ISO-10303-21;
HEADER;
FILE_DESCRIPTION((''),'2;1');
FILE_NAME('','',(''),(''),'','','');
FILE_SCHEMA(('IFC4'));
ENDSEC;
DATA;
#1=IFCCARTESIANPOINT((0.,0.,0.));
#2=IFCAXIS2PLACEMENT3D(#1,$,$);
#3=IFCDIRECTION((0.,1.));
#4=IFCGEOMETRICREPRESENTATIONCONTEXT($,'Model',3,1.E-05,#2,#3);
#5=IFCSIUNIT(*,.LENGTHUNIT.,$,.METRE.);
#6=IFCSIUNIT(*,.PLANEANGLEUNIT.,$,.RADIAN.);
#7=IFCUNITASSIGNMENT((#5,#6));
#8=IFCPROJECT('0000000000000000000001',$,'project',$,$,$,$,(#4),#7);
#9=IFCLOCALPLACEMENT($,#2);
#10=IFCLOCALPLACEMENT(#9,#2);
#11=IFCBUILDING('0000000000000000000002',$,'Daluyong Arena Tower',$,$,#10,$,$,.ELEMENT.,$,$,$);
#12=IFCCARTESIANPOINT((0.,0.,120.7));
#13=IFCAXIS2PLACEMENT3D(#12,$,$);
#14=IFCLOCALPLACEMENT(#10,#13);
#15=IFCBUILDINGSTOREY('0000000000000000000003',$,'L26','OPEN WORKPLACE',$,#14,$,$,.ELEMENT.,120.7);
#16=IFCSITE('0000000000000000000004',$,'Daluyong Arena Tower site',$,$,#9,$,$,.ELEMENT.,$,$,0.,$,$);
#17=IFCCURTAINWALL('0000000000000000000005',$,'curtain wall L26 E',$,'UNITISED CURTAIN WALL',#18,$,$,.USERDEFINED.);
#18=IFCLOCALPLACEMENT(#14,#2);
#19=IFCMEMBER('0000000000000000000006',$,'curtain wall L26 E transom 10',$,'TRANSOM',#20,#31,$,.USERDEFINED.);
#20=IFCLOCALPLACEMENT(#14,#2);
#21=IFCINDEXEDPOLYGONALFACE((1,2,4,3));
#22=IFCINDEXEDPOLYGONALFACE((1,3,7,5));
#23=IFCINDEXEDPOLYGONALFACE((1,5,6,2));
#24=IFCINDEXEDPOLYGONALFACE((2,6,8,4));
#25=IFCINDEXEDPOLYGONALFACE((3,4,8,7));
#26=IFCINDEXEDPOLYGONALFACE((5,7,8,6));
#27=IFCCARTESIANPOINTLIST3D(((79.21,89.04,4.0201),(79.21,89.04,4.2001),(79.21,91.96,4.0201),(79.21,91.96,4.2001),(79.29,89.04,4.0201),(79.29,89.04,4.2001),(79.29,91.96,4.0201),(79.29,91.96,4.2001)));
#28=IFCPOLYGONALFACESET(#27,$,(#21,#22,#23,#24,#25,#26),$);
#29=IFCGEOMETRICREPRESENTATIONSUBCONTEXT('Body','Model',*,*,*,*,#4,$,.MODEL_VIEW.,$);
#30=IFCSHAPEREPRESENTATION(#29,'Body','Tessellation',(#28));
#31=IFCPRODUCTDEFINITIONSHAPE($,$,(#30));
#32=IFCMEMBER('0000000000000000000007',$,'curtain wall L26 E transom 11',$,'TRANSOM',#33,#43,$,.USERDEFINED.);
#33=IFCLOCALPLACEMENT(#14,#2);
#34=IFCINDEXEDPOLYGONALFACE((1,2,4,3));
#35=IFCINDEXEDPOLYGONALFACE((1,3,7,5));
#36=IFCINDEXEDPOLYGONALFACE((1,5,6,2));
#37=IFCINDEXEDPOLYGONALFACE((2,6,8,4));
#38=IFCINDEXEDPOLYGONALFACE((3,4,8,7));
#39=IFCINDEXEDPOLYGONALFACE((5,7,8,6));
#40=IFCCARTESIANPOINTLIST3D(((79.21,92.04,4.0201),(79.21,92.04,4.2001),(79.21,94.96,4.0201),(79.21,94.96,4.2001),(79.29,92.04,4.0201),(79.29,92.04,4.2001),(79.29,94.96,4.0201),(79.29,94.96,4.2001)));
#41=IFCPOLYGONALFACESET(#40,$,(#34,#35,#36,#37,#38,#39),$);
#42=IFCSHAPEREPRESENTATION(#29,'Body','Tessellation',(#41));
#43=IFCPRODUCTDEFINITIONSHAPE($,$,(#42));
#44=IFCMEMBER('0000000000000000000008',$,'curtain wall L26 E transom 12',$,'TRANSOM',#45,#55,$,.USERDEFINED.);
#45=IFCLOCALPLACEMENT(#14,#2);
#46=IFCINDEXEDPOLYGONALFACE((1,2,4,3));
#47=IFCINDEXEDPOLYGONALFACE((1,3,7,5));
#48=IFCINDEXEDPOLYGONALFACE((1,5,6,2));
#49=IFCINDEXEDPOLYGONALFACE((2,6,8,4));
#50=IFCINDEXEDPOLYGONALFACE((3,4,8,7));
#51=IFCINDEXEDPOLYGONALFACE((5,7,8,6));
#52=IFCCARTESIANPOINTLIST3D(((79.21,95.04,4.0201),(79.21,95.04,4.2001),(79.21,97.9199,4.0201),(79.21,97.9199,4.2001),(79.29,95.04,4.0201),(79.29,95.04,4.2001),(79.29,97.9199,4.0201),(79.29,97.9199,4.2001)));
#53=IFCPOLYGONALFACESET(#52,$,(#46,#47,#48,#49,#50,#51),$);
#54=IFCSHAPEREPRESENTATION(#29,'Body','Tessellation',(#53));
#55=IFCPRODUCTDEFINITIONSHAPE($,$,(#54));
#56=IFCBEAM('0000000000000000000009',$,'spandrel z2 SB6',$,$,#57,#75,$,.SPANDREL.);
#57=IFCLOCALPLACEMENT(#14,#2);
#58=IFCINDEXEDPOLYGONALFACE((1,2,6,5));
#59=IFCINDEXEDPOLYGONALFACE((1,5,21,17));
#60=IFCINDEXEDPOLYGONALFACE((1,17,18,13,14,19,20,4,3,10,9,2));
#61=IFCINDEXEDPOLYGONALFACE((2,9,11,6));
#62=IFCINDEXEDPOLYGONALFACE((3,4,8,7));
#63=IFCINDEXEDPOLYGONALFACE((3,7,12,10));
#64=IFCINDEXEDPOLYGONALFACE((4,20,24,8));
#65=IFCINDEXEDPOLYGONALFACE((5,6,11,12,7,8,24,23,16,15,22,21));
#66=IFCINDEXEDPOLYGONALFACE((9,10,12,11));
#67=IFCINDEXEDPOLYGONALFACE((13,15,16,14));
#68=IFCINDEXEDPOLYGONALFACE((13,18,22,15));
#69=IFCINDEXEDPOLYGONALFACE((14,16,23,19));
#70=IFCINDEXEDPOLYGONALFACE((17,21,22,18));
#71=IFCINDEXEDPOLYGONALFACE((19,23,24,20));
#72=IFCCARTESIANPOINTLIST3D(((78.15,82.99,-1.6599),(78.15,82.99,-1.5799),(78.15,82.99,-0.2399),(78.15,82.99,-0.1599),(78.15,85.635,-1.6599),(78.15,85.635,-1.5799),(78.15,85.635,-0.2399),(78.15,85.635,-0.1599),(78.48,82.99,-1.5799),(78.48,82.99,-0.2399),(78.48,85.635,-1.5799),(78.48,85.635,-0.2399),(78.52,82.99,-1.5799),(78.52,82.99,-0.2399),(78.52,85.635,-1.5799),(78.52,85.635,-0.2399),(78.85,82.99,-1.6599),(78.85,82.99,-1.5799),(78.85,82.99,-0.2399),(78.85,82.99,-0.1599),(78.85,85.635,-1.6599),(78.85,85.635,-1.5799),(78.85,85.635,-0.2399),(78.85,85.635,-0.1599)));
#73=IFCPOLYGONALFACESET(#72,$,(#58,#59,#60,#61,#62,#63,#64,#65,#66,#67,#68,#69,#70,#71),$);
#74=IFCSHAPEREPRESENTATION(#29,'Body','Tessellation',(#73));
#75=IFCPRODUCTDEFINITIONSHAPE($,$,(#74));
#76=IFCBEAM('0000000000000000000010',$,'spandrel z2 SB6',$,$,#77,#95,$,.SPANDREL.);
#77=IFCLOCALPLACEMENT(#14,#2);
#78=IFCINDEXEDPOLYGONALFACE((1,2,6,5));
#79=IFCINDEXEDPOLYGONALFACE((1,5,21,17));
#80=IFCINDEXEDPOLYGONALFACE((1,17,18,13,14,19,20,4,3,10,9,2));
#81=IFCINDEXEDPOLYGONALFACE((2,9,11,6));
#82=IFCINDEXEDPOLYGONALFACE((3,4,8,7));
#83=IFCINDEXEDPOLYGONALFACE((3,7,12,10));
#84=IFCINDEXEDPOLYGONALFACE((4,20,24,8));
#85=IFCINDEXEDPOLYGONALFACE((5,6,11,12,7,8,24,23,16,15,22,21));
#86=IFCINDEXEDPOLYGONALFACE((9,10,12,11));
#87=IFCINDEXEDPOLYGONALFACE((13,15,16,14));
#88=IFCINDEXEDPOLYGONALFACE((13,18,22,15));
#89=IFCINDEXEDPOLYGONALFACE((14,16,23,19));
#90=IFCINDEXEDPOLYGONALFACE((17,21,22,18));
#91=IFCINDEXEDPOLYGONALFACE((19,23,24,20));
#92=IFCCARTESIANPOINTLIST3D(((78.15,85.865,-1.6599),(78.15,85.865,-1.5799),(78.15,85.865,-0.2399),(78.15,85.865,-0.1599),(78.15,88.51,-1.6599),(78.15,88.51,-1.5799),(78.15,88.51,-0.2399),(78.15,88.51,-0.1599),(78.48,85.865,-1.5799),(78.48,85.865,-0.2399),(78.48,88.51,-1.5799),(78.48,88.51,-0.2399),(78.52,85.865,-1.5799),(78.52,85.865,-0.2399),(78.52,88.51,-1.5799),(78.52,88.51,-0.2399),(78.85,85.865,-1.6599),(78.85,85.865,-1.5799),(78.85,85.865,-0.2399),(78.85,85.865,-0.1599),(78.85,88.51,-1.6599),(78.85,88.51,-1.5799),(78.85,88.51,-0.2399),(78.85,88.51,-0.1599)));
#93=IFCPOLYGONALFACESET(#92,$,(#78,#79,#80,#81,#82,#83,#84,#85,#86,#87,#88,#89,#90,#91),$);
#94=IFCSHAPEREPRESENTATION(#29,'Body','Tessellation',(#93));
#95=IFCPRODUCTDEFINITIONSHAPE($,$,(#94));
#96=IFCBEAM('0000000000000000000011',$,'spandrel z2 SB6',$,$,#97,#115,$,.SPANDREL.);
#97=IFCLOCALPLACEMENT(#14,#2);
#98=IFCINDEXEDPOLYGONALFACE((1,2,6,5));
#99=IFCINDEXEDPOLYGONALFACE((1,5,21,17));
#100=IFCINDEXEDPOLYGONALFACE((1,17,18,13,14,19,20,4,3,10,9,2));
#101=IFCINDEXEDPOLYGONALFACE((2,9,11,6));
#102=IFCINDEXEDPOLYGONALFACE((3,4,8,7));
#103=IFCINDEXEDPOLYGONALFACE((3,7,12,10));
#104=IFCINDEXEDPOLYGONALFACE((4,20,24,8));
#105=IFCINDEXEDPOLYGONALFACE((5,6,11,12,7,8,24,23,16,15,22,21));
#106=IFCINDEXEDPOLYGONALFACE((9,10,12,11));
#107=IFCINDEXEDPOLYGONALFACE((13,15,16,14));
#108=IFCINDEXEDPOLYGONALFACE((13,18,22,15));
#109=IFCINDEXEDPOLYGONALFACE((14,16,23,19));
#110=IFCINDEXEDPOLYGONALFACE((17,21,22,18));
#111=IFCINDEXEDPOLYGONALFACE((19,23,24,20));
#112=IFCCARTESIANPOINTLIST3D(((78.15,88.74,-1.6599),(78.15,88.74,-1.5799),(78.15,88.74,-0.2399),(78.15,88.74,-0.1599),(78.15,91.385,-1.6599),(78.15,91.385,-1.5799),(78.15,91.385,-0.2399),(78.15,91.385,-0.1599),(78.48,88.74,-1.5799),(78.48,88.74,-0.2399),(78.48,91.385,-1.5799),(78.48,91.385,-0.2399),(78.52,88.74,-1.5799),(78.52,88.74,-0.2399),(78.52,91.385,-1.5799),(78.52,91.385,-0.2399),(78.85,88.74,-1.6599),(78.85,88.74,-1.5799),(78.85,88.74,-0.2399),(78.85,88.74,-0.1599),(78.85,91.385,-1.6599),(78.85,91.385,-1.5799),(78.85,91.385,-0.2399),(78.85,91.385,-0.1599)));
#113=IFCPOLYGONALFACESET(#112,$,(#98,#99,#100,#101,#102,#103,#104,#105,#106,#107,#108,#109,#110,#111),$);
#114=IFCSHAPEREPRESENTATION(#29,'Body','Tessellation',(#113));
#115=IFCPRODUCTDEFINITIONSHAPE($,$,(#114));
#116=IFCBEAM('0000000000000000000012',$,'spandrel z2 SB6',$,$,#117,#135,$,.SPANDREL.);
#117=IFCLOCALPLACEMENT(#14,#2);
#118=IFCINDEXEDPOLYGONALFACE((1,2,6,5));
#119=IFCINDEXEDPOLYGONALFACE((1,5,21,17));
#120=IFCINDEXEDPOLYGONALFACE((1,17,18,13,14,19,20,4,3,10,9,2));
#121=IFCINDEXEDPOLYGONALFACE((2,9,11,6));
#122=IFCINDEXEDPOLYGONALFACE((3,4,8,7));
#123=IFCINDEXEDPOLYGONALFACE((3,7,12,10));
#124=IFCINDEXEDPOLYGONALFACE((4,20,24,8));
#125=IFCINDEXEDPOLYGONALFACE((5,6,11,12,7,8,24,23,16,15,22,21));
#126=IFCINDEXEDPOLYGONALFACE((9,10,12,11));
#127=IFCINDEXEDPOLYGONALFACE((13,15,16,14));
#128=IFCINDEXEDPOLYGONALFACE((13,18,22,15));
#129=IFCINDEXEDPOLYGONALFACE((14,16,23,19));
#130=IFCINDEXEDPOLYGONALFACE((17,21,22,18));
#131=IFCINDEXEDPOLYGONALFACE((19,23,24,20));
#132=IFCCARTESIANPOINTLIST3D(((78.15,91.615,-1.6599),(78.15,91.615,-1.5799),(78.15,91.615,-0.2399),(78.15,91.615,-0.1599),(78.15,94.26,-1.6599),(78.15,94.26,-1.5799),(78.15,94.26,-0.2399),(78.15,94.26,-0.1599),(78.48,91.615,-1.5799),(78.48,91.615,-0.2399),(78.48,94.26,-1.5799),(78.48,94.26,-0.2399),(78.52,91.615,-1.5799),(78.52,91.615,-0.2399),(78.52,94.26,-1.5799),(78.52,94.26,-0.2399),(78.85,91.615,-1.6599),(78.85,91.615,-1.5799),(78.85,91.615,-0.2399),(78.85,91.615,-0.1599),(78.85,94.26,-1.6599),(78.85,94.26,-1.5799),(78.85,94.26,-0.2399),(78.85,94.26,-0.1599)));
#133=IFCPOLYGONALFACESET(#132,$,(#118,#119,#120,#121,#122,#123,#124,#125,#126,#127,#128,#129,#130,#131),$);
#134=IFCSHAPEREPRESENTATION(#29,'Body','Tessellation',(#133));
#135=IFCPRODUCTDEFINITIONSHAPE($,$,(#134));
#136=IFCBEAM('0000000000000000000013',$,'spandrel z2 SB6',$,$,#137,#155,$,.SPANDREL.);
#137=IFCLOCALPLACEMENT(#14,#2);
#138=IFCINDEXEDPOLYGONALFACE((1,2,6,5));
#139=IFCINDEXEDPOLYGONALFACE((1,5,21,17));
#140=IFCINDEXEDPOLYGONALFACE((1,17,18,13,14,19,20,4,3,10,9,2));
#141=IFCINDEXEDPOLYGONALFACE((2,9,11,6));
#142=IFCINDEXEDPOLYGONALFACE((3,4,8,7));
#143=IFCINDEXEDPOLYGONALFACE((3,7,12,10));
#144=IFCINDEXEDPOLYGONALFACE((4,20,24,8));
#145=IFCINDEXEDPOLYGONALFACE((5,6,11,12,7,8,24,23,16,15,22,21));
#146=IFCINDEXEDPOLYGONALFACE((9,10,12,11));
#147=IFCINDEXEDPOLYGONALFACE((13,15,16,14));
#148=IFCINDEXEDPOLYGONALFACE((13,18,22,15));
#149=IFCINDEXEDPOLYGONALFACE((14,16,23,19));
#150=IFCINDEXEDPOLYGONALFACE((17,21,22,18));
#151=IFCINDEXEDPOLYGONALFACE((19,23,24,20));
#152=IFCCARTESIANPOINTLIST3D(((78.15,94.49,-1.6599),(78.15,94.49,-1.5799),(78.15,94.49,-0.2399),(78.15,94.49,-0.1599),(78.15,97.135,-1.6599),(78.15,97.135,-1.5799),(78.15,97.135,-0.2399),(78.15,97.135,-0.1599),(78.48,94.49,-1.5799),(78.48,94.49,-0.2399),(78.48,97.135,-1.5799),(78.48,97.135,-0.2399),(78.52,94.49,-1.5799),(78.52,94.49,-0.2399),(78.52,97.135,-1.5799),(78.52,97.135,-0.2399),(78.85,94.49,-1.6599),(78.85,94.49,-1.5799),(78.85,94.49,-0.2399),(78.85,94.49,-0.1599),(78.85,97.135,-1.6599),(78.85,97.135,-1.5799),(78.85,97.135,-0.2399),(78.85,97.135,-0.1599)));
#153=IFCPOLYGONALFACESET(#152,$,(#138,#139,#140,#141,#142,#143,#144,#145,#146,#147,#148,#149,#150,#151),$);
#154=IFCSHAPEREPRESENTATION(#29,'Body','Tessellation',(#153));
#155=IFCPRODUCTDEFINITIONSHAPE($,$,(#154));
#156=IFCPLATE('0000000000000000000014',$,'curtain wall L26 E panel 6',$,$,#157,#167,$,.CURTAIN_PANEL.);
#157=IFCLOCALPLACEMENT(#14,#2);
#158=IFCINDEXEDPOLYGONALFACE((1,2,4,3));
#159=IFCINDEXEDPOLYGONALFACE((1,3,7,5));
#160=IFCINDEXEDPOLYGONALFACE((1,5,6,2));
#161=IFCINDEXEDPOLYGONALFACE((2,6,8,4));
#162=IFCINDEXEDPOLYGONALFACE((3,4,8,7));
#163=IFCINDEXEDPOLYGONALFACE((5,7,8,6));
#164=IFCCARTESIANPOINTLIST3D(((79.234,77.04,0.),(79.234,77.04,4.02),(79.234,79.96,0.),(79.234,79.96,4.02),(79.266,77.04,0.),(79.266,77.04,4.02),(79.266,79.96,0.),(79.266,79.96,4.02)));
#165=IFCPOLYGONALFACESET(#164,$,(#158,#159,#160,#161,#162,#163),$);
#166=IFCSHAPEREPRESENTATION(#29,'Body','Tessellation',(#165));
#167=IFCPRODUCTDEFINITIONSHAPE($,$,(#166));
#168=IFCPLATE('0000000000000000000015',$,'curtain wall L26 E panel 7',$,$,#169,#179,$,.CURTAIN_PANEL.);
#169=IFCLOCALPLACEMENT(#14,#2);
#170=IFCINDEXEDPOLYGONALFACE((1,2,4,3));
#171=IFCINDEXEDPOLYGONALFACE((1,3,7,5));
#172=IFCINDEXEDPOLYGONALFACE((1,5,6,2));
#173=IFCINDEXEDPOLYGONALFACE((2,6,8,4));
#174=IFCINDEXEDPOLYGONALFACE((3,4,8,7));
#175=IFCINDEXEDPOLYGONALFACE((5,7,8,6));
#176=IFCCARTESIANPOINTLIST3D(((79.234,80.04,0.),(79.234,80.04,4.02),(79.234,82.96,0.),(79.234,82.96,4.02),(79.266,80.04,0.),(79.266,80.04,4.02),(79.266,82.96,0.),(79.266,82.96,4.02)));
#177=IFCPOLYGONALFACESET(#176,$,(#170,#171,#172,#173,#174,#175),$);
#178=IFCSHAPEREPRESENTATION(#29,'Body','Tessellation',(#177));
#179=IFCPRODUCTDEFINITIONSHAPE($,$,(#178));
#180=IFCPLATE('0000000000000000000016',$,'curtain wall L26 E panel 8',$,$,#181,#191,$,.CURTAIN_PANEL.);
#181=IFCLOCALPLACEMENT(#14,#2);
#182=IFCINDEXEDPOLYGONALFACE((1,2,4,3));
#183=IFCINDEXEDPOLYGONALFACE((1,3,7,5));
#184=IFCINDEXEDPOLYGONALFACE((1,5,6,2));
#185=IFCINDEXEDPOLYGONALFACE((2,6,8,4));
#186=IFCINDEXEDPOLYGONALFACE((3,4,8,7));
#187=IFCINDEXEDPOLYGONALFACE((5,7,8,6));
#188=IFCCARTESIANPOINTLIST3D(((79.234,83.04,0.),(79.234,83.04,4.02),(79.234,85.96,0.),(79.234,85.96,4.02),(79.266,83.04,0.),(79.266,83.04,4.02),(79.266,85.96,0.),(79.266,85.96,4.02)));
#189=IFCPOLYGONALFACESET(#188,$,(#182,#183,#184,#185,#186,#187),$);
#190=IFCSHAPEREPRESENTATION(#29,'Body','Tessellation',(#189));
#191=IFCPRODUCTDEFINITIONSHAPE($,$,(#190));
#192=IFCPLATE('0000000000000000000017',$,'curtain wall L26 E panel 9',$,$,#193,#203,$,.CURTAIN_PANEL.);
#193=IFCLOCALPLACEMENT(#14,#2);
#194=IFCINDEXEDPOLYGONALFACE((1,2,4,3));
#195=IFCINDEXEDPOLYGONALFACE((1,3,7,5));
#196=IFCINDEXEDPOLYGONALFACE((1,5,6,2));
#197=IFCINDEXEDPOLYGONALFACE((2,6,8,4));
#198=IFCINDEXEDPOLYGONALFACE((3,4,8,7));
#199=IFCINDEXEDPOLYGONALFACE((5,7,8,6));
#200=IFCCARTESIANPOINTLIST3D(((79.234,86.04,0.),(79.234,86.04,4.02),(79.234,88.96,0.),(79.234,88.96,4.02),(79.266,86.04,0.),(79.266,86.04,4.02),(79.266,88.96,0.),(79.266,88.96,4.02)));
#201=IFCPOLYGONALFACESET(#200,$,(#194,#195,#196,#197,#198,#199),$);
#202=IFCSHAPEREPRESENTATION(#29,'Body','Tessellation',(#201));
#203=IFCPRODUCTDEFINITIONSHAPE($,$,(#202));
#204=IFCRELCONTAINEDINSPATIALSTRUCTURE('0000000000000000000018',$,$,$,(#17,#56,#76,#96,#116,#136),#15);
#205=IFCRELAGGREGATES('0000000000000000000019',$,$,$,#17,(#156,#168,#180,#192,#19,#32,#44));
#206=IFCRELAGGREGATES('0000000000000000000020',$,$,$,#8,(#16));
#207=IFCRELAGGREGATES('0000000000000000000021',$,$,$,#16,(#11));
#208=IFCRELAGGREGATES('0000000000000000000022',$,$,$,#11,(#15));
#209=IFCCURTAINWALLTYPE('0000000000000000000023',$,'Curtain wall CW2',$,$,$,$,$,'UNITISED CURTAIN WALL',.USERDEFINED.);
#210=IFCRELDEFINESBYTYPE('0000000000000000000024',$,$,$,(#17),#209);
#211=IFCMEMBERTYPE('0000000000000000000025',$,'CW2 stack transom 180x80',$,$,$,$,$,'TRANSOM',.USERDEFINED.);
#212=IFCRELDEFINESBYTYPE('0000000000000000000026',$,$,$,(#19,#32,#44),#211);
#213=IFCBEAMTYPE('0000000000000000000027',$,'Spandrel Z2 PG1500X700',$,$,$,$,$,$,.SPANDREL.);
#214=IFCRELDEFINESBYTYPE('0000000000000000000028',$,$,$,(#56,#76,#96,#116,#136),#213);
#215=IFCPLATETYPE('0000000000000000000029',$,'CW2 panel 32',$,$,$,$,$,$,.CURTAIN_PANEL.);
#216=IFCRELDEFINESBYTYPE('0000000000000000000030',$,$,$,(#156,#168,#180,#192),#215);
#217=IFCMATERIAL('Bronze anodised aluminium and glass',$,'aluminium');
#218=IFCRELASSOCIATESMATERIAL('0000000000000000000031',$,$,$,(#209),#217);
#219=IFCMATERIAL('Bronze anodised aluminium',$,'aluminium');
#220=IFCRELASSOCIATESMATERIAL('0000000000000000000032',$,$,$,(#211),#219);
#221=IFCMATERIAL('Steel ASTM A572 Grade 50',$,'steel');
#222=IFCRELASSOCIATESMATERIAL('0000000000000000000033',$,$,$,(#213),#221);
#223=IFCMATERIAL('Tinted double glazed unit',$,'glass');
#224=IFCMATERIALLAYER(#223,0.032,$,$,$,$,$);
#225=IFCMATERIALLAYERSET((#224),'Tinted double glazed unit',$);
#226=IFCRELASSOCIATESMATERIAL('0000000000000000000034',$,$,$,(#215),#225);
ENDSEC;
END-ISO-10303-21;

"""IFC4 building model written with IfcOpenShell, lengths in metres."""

from ifc_helpers import new_model, si_unit, direction, frame, origin, origin_2d, place, context, subcontext, project, spatial, rectangle, i_section, extrude, material, layer, layer_set, material_profile, profile_set, type_object, element, aggregate, save


model = new_model("IFC4")

# Units and contexts
model_context = context("Model", 3, precision=1e-05, world=origin(), true_north=direction((0.0, 1.0)))
body_context = subcontext(model_context, "Body", "Model", "MODEL_VIEW")
ifc_project = project(units=[si_unit("LENGTHUNIT", "METRE"), si_unit("PLANEANGLEUNIT", "RADIAN")], contexts=[model_context])

# Site, building, storey
site_placement = place(None, origin())
site = spatial("IfcSite", under=ifc_project, at=site_placement, Name="Daluyong Arena Tower site", CompositionType="ELEMENT", RefElevation=0.0)
building_placement = place(site_placement, origin())
building = spatial("IfcBuilding", under=site, at=building_placement, Name="Daluyong Arena Tower", CompositionType="ELEMENT")
storey_placement = place(building_placement, frame((0.0, 0.0, 120.7)))
storey = spatial("IfcBuildingStorey", under=building, at=storey_placement, Name="L26", Description="OPEN WORKPLACE", CompositionType="ELEMENT", Elevation=120.7)

# Curtain wall, members
ifc_material_1 = material(Name="Bronze anodised aluminium and glass", Category="aluminium")
curtain_wall_type = type_object("IfcCurtainWallType", Name="Curtain wall CW2", ElementType="UNITISED CURTAIN WALL", PredefinedType="USERDEFINED", material=ifc_material_1)
curtain_wall_placement = place(storey_placement, origin())
curtain_wall = element("IfcCurtainWall", 1, at=curtain_wall_placement, inside=storey, type_object=curtain_wall_type, Name="curtain wall L26 E", ObjectType="UNITISED CURTAIN WALL", PredefinedType="USERDEFINED")
ifc_material_2 = material(Name="Bronze anodised aluminium", Category="aluminium")
ifc_material_profile_1 = material_profile(ifc_material_2, rectangle(XDim=0.0801, YDim=0.1799, at=origin_2d()))
ifc_profile_set_1 = profile_set([ifc_material_profile_1], Name="Bronze anodised aluminium")
member_type_1 = type_object("IfcMemberType", Name="CW2 stack transom 180x80", ElementType="TRANSOM", PredefinedType="USERDEFINED", material=ifc_profile_set_1)
member_1_placement = place(storey_placement, frame((79.25, 89.04, 4.1101), z_axis=(0.0, 1.0, 0.0), x_axis=(-1.0, 0.0, 0.0)))
member_1 = element("IfcMember", 2, at=member_1_placement, type_object=member_type_1, Name="curtain wall L26 E transom 10", ObjectType="TRANSOM", PredefinedType="USERDEFINED", context=body_context, shape_type="SweptSolid", body=[
    extrude(rectangle(XDim=0.0801, YDim=0.1799, at=origin_2d()), origin(), (0.0, 0.0, 1.0), 2.9199),
])
member_2_placement = place(storey_placement, frame((79.25, 92.04, 4.1101), z_axis=(0.0, 1.0, 0.0), x_axis=(-1.0, 0.0, 0.0)))
member_2 = element("IfcMember", 3, at=member_2_placement, type_object=member_type_1, Name="curtain wall L26 E transom 11", ObjectType="TRANSOM", PredefinedType="USERDEFINED", context=body_context, shape_type="SweptSolid", body=[
    extrude(rectangle(XDim=0.0801, YDim=0.1799, at=origin_2d()), origin(), (0.0, 0.0, 1.0), 2.9199),
])
member_3_placement = place(storey_placement, frame((79.25, 95.04, 4.1101), z_axis=(0.0, 1.0, 0.0), x_axis=(-1.0, 0.0, 0.0)))
member_3 = element("IfcMember", 4, at=member_3_placement, type_object=member_type_1, Name="curtain wall L26 E transom 12", ObjectType="TRANSOM", PredefinedType="USERDEFINED", context=body_context, shape_type="SweptSolid", body=[
    extrude(rectangle(XDim=0.0801, YDim=0.1799, at=origin_2d()), origin(), (0.0, 0.0, 1.0), 2.8799),
])

# Beams
ifc_material_3 = material(Name="Steel ASTM A572 Grade 50", Category="steel")
ifc_material_profile_2 = material_profile(ifc_material_3, i_section(OverallWidth=0.7, OverallDepth=1.5, WebThickness=0.04, FlangeThickness=0.08, at=origin_2d()))
ifc_profile_set_2 = profile_set([ifc_material_profile_2], Name="Steel ASTM A572 Grade 50")
beam_type = type_object("IfcBeamType", Name="Spandrel Z2 PG1500X700", PredefinedType="SPANDREL", material=ifc_profile_set_2)
for number, where, z_axis, x_axis, name in (
    (5, (78.5, 82.99, -0.9099), (0.0, 1.0, 0.0), (-1.0, 0.0, 0.0), "spandrel z2 SB6"),
    (6, (78.5, 85.865, -0.9099), (0.0, 1.0, 0.0), (-1.0, 0.0, 0.0), "spandrel z2 SB6"),
    (7, (78.5, 88.74, -0.9099), (0.0, 1.0, 0.0), (-1.0, 0.0, 0.0), "spandrel z2 SB6"),
    (8, (78.5, 91.615, -0.9099), (0.0, 1.0, 0.0), (-1.0, 0.0, 0.0), "spandrel z2 SB6"),
    (9, (78.5, 94.49, -0.9099), (0.0, 1.0, 0.0), (-1.0, 0.0, 0.0), "spandrel z2 SB6"),
):
    element("IfcBeam", number, at=place(storey_placement, frame(where, z_axis=z_axis, x_axis=x_axis)), inside=storey, type_object=beam_type, Name=name, PredefinedType="SPANDREL", context=body_context, shape_type="SweptSolid", body=[
        extrude(i_section(OverallWidth=0.7, OverallDepth=1.5, WebThickness=0.04, FlangeThickness=0.08, at=origin_2d()), origin(), (0.0, 0.0, 1.0), 2.645),
    ])

# Plates
ifc_material_4 = material(Name="Tinted double glazed unit", Category="glass")
ifc_layer = layer(ifc_material_4, 0.032)
ifc_layer_set = layer_set([ifc_layer], Name="Tinted double glazed unit")
plate_type = type_object("IfcPlateType", Name="CW2 panel 32", PredefinedType="CURTAIN_PANEL", material=ifc_layer_set)
plate_1_placement = place(storey_placement, frame((79.25, 78.5, 0.0), z_axis=(0.0, 0.0, 1.0), x_axis=(0.0, 1.0, 0.0)))
plate_1 = element("IfcPlate", 10, at=plate_1_placement, type_object=plate_type, Name="curtain wall L26 E panel 6", PredefinedType="CURTAIN_PANEL", context=body_context, shape_type="SweptSolid", body=[
    extrude(rectangle(XDim=2.9199, YDim=0.032, at=origin_2d()), origin(), (0.0, 0.0, 1.0), 4.02),
])
plate_2_placement = place(storey_placement, frame((79.25, 81.5, 0.0), z_axis=(0.0, 0.0, 1.0), x_axis=(0.0, 1.0, 0.0)))
plate_2 = element("IfcPlate", 11, at=plate_2_placement, type_object=plate_type, Name="curtain wall L26 E panel 7", PredefinedType="CURTAIN_PANEL", context=body_context, shape_type="SweptSolid", body=[
    extrude(rectangle(XDim=2.9199, YDim=0.032, at=origin_2d()), origin(), (0.0, 0.0, 1.0), 4.02),
])
plate_3_placement = place(storey_placement, frame((79.25, 84.5, 0.0), z_axis=(0.0, 0.0, 1.0), x_axis=(0.0, 1.0, 0.0)))
plate_3 = element("IfcPlate", 12, at=plate_3_placement, type_object=plate_type, Name="curtain wall L26 E panel 8", PredefinedType="CURTAIN_PANEL", context=body_context, shape_type="SweptSolid", body=[
    extrude(rectangle(XDim=2.9199, YDim=0.032, at=origin_2d()), origin(), (0.0, 0.0, 1.0), 4.02),
])
plate_4_placement = place(storey_placement, frame((79.25, 87.5, 0.0), z_axis=(0.0, 0.0, 1.0), x_axis=(0.0, 1.0, 0.0)))
plate_4 = element("IfcPlate", 13, at=plate_4_placement, type_object=plate_type, Name="curtain wall L26 E panel 9", PredefinedType="CURTAIN_PANEL", context=body_context, shape_type="SweptSolid", body=[
    extrude(rectangle(XDim=2.9199, YDim=0.032, at=origin_2d()), origin(), (0.0, 0.0, 1.0), 4.02),
])
aggregate(curtain_wall, [plate_1, plate_2, plate_3, plate_4, member_1, member_2, member_3])

save(model, "model.ifc")
